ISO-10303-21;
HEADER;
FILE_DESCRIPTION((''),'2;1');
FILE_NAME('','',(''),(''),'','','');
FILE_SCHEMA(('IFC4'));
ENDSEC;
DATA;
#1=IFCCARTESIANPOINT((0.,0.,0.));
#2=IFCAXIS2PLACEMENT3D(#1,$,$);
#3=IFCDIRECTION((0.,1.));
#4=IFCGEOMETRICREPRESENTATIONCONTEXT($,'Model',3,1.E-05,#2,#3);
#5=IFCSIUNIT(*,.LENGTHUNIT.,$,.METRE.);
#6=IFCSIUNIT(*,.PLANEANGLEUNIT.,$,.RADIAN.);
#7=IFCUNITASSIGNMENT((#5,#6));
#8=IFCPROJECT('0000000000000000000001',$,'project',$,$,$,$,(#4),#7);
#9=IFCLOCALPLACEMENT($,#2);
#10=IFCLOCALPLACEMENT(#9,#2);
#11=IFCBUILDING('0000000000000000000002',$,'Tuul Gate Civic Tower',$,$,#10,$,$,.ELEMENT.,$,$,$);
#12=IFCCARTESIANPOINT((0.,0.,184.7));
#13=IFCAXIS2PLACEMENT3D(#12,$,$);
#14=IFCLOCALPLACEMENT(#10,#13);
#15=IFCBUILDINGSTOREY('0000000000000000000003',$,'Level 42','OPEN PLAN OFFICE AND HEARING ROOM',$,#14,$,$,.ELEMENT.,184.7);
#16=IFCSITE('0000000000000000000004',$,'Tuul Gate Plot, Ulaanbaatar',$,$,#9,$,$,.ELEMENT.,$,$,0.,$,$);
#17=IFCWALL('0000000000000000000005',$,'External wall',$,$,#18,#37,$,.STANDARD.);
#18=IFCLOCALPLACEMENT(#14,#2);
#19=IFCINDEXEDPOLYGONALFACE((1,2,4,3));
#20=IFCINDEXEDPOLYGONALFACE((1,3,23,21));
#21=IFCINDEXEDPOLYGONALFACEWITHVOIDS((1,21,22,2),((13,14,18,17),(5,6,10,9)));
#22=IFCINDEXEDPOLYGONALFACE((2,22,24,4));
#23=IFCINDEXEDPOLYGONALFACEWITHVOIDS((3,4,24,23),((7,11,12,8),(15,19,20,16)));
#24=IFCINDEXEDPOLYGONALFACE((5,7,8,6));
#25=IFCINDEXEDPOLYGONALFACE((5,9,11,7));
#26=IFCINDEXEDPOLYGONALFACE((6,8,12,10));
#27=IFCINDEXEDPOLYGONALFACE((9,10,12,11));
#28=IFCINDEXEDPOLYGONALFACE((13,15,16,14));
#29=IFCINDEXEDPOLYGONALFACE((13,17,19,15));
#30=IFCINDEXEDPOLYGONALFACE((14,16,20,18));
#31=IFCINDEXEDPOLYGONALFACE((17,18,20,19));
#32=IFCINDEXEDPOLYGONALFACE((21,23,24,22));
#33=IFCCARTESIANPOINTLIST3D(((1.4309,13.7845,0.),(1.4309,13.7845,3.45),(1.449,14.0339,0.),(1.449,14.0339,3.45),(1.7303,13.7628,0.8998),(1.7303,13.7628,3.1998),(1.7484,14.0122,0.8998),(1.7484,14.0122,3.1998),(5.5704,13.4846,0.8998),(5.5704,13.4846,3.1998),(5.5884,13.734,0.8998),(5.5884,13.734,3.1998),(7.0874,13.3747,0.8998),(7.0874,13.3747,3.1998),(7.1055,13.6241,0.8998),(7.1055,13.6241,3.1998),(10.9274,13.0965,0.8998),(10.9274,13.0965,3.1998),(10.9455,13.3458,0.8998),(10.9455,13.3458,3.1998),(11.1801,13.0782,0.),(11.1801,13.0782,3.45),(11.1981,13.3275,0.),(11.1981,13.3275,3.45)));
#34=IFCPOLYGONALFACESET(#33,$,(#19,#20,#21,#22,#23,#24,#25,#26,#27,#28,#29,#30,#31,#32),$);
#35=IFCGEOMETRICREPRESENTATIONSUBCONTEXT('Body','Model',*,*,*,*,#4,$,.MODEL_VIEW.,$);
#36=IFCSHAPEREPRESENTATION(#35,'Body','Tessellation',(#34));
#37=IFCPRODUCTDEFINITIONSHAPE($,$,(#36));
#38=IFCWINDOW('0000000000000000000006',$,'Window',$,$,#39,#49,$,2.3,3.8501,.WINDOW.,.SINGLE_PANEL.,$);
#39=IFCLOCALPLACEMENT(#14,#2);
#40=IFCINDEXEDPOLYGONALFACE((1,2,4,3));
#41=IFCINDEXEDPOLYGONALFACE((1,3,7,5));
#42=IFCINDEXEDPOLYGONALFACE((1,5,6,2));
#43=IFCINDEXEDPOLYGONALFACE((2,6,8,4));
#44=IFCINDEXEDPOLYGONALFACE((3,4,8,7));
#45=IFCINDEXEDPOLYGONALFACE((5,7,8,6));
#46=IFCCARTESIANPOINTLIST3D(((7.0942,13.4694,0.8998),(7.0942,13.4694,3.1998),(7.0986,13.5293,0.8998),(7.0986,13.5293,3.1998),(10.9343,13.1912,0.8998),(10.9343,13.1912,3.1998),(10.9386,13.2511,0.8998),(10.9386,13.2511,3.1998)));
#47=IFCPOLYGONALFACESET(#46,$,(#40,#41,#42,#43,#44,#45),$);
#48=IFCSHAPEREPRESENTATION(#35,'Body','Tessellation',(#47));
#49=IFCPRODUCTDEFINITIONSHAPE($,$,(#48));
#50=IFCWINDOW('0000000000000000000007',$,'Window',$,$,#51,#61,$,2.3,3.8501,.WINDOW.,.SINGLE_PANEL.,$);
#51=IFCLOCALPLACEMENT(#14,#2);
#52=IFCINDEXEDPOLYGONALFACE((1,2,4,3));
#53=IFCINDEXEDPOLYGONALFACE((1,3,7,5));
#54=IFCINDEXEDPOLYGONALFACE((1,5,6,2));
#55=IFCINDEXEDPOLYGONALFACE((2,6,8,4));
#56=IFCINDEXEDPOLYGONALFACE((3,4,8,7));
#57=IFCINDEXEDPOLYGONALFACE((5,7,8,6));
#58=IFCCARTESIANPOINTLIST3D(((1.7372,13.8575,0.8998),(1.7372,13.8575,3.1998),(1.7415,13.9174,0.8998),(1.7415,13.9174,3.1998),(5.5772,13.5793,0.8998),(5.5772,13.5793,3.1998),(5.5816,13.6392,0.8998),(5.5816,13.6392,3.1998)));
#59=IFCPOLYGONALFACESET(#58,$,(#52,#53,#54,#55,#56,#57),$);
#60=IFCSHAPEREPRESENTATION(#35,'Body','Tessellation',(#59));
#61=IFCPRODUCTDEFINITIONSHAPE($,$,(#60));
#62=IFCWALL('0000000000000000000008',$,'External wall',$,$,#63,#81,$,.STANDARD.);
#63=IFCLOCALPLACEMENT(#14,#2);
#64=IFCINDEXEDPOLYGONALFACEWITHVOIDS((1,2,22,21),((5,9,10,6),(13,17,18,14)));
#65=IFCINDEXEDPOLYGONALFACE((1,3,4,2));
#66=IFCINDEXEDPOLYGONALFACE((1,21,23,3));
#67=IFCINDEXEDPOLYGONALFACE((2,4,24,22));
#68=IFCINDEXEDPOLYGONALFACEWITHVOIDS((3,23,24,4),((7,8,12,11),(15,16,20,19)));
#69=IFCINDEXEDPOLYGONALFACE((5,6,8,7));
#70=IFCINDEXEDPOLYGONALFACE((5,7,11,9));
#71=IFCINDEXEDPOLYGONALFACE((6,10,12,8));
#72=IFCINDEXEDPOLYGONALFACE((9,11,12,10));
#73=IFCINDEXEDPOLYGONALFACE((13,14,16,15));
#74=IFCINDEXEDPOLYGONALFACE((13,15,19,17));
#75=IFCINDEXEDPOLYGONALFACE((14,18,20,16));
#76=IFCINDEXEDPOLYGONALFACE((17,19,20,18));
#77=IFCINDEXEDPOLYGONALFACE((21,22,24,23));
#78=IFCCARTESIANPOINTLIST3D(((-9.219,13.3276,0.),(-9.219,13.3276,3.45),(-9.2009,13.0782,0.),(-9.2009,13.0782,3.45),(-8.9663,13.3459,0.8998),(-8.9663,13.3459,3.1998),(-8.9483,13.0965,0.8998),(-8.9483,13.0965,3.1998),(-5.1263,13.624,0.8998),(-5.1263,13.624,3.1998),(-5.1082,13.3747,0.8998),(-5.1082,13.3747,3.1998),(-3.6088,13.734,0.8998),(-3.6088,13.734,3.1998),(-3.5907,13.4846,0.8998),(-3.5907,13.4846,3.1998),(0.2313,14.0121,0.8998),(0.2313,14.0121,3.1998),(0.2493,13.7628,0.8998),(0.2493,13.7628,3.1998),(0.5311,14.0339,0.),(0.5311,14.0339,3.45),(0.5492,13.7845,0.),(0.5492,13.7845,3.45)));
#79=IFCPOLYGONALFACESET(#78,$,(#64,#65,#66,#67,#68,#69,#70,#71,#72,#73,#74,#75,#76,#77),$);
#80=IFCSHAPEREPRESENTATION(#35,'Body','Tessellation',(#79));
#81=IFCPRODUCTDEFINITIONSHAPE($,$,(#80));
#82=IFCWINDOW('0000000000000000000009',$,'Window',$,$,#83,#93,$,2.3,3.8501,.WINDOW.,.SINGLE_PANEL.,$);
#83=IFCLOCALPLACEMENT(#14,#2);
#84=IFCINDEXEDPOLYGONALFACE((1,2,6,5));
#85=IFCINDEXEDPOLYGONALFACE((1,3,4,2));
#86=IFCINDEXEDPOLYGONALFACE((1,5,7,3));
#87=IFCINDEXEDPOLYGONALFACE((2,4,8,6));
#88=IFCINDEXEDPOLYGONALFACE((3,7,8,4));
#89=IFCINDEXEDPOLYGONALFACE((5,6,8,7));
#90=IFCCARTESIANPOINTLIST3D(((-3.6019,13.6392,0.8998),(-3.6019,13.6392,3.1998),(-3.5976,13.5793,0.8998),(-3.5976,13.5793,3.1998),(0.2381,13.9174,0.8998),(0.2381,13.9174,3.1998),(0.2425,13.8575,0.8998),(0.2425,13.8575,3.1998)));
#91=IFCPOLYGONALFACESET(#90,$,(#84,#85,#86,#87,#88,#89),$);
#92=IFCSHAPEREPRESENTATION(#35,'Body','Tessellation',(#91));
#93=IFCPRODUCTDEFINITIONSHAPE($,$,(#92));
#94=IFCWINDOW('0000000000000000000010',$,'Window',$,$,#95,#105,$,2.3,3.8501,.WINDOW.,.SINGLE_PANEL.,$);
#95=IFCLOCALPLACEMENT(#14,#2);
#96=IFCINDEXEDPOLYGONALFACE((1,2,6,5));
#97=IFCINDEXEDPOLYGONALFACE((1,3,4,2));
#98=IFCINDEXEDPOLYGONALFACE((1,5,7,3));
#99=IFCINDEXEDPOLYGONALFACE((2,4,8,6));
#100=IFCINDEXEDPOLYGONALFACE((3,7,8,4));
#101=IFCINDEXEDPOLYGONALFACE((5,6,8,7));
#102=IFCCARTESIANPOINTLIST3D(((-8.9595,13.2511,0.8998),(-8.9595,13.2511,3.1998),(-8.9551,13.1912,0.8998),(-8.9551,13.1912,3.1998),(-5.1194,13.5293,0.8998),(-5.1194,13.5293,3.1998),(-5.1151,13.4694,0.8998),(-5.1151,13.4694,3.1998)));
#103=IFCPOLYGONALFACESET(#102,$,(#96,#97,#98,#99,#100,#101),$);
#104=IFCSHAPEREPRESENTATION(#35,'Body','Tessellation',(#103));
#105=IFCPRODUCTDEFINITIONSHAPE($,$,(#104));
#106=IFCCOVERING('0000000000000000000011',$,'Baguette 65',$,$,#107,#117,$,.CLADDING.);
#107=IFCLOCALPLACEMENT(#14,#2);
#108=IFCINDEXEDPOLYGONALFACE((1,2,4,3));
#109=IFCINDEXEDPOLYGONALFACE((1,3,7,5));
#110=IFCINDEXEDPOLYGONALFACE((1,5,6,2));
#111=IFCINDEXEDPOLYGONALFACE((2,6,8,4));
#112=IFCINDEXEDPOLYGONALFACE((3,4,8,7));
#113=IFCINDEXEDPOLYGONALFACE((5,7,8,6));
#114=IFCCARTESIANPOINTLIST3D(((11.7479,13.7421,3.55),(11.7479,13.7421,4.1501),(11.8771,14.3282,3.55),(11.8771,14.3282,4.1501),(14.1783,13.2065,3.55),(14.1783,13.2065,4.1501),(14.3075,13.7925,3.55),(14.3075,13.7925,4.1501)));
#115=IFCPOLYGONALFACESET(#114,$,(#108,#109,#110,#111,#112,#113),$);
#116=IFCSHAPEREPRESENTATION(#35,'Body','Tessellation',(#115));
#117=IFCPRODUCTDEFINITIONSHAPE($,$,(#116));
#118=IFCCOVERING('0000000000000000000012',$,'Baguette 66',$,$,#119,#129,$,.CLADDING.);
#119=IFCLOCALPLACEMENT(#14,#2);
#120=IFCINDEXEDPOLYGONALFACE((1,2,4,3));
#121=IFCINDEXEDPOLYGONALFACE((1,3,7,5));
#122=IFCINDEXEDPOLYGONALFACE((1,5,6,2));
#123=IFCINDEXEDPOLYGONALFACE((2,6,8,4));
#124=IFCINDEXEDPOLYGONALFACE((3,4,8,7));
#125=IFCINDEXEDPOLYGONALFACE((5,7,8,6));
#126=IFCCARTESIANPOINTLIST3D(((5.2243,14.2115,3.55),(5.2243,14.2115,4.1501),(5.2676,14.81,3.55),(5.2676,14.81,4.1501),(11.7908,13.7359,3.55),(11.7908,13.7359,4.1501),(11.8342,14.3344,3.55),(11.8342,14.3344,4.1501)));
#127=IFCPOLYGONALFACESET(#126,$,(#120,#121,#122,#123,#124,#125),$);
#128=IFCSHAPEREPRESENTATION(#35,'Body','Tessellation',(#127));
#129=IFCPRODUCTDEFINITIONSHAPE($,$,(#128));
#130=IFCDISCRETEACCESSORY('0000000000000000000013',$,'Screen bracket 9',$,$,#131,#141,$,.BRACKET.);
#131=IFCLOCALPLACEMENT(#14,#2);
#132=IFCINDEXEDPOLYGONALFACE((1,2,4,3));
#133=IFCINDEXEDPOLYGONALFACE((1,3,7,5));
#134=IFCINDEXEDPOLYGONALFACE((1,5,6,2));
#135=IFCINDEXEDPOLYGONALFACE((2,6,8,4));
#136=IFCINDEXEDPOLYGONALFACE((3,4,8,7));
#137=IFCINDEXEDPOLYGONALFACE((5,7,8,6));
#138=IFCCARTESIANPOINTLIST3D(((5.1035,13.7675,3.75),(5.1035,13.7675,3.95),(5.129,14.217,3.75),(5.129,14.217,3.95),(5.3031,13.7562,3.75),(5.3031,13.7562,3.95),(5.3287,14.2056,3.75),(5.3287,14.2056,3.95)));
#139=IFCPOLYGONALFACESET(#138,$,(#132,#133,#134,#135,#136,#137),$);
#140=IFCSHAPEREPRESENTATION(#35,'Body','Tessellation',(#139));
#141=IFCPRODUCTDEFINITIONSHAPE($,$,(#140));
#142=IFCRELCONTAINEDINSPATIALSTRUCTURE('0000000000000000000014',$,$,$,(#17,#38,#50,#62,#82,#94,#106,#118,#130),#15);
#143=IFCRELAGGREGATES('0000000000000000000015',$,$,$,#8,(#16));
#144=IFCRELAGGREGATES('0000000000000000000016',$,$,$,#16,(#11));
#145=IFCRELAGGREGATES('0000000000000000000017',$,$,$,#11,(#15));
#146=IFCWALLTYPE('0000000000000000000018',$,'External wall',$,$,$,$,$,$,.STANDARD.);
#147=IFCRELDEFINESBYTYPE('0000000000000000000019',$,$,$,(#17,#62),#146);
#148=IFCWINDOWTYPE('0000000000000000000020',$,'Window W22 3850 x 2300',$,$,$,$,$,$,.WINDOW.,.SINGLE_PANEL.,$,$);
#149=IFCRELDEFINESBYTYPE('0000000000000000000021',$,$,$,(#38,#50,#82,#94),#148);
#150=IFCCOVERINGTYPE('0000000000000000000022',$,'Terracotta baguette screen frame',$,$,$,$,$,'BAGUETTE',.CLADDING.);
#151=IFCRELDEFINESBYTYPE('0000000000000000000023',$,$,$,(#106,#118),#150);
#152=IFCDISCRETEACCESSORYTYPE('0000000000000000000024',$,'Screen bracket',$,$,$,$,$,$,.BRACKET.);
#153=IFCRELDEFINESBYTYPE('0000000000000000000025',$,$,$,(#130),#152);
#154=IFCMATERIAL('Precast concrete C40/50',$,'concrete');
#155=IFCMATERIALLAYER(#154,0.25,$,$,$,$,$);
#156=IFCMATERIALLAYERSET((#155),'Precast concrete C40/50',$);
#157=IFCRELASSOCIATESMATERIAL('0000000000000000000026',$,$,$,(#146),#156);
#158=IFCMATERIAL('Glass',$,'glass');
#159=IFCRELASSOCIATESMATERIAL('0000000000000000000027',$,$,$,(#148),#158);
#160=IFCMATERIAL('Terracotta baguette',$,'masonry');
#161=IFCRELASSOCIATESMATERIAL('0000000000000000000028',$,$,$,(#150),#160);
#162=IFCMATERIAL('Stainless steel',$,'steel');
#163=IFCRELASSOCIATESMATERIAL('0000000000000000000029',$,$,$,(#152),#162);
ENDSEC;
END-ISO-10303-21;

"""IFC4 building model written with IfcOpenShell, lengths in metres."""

from ifc_helpers import new_model, si_unit, direction, frame, frame_2d, origin, origin_2d, place, context, subcontext, project, spatial, rectangle, extrude, material, layer, layer_set, material_profile, profile_set, type_object, element, fill, save


model = new_model("IFC4")

# Units and contexts
model_context = context("Model", 3, precision=1e-05, world=origin(), true_north=direction((0.0, 1.0)))
body_context = subcontext(model_context, "Body", "Model", "MODEL_VIEW")
ifc_project = project(units=[si_unit("LENGTHUNIT", "METRE"), si_unit("PLANEANGLEUNIT", "RADIAN")], contexts=[model_context])

# Site, building, storey
site_placement = place(None, origin())
site = spatial("IfcSite", under=ifc_project, at=site_placement, Name="Tuul Gate Plot, Ulaanbaatar", CompositionType="ELEMENT", RefElevation=0.0)
building_placement = place(site_placement, origin())
building = spatial("IfcBuilding", under=site, at=building_placement, Name="Tuul Gate Civic Tower", CompositionType="ELEMENT")
storey_placement = place(building_placement, frame((0.0, 0.0, 184.7)))
storey = spatial("IfcBuildingStorey", under=building, at=storey_placement, Name="Level 42", Description="OPEN PLAN OFFICE AND HEARING ROOM", CompositionType="ELEMENT", Elevation=184.7)

# Walls, openings, windows
ifc_material_1 = material(Name="Precast concrete C40/50", Category="concrete")
ifc_layer_1 = layer(ifc_material_1, 0.25)
ifc_layer_set_1 = layer_set([ifc_layer_1], Name="Precast concrete C40/50")
wall_type = type_object("IfcWallType", Name="External wall", PredefinedType="STANDARD", material=ifc_layer_set_1)
wall_1_placement = place(storey_placement, frame((11.189, 13.2029, 0.0), z_axis=(0.0, 0.0, 1.0), x_axis=(-0.997386, 0.072259, 0.0)))
wall_1 = element("IfcWall", 1, at=wall_1_placement, inside=storey, type_object=wall_type, Name="External wall", PredefinedType="STANDARD", context=body_context, shape_type="SweptSolid", body=[
    extrude(rectangle(XDim=9.7747, YDim=0.25, at=frame_2d((4.8872, 0.0))), origin(), (0.0, 0.0, 1.0), 3.45),
])
opening_1_placement = place(wall_1_placement, frame((0.2532, 0.0, 0.8999)))
opening_1 = element("IfcOpeningElement", 2, at=opening_1_placement, cuts=wall_1, PredefinedType="OPENING", context=body_context, shape_type="SweptSolid", body=[
    extrude(rectangle(XDim=3.8501, YDim=2.3, at=frame_2d((1.925, 1.1499))), frame((0.0, 0.135, 0.0), z_axis=(0.0, -1.0, 0.0), x_axis=(1.0, 0.0, 0.0)), (0.0, 0.0, 1.0), 0.27),
])
opening_2_placement = place(wall_1_placement, frame((5.6243, 0.0, 0.8999)))
opening_2 = element("IfcOpeningElement", 3, at=opening_2_placement, cuts=wall_1, PredefinedType="OPENING", context=body_context, shape_type="SweptSolid", body=[
    extrude(rectangle(XDim=3.8501, YDim=2.3, at=frame_2d((1.925, 1.1499))), frame((0.0, 0.135, 0.0), z_axis=(0.0, -1.0, 0.0), x_axis=(1.0, 0.0, 0.0)), (0.0, 0.0, 1.0), 0.27),
])
ifc_material_2 = material(Name="Glass", Category="glass")
window_type = type_object("IfcWindowType", Name="Window W22 3850 x 2300", PartitioningType="SINGLE_PANEL", PredefinedType="WINDOW", material=ifc_material_2)
window_1_placement = place(opening_1_placement, origin())
window_1 = element("IfcWindow", 4, at=window_1_placement, inside=storey, type_object=window_type, Name="Window", OverallHeight=2.3, OverallWidth=3.8501, PartitioningType="SINGLE_PANEL", PredefinedType="WINDOW", context=body_context, shape_type="SweptSolid", body=[
    extrude(rectangle(XDim=3.8501, YDim=2.3, at=frame_2d((1.925, 1.1499))), frame((0.0, 0.03, 0.0), z_axis=(0.0, -1.0, 0.0), x_axis=(1.0, 0.0, 0.0)), (0.0, 0.0, 1.0), 0.0601),
])
fill(opening_1, window_1)
window_2_placement = place(opening_2_placement, origin())
window_2 = element("IfcWindow", 5, at=window_2_placement, inside=storey, type_object=window_type, Name="Window", OverallHeight=2.3, OverallWidth=3.8501, PartitioningType="SINGLE_PANEL", PredefinedType="WINDOW", context=body_context, shape_type="SweptSolid", body=[
    extrude(rectangle(XDim=3.8501, YDim=2.3, at=frame_2d((1.925, 1.1499))), frame((0.0, 0.03, 0.0), z_axis=(0.0, -1.0, 0.0), x_axis=(1.0, 0.0, 0.0)), (0.0, 0.0, 1.0), 0.0601),
])
fill(opening_2, window_2)
wall_2_placement = place(storey_placement, frame((0.54, 13.9092, 0.0), z_axis=(0.0, 0.0, 1.0), x_axis=(-0.997386, -0.072252, 0.0)))
wall_2 = element("IfcWall", 6, at=wall_2_placement, inside=storey, type_object=wall_type, Name="External wall", PredefinedType="STANDARD", context=body_context, shape_type="SweptSolid", body=[
    extrude(rectangle(XDim=9.7756, YDim=0.25, at=frame_2d((4.8877, 0.0))), origin(), (0.0, 0.0, 1.0), 3.45),
])
opening_3_placement = place(wall_2_placement, frame((0.3005, 0.0, 0.8999)))
opening_3 = element("IfcOpeningElement", 7, at=opening_3_placement, cuts=wall_2, PredefinedType="OPENING", context=body_context, shape_type="SweptSolid", body=[
    extrude(rectangle(XDim=3.8501, YDim=2.3, at=frame_2d((1.925, 1.1499))), frame((0.0, 0.135, 0.0), z_axis=(0.0, -1.0, 0.0), x_axis=(1.0, 0.0, 0.0)), (0.0, 0.0, 1.0), 0.27),
])
opening_4_placement = place(wall_2_placement, frame((5.6721, 0.0, 0.8999)))
opening_4 = element("IfcOpeningElement", 8, at=opening_4_placement, cuts=wall_2, PredefinedType="OPENING", context=body_context, shape_type="SweptSolid", body=[
    extrude(rectangle(XDim=3.8501, YDim=2.3, at=frame_2d((1.925, 1.1499))), frame((0.0, 0.135, 0.0), z_axis=(0.0, -1.0, 0.0), x_axis=(1.0, 0.0, 0.0)), (0.0, 0.0, 1.0), 0.27),
])
window_3_placement = place(opening_3_placement, origin())
window_3 = element("IfcWindow", 9, at=window_3_placement, inside=storey, type_object=window_type, Name="Window", OverallHeight=2.3, OverallWidth=3.8501, PartitioningType="SINGLE_PANEL", PredefinedType="WINDOW", context=body_context, shape_type="SweptSolid", body=[
    extrude(rectangle(XDim=3.8501, YDim=2.3, at=frame_2d((1.925, 1.1499))), frame((0.0, 0.03, 0.0), z_axis=(0.0, -1.0, 0.0), x_axis=(1.0, 0.0, 0.0)), (0.0, 0.0, 1.0), 0.0601),
])
fill(opening_3, window_3)
window_4_placement = place(opening_4_placement, origin())
window_4 = element("IfcWindow", 10, at=window_4_placement, inside=storey, type_object=window_type, Name="Window", OverallHeight=2.3, OverallWidth=3.8501, PartitioningType="SINGLE_PANEL", PredefinedType="WINDOW", context=body_context, shape_type="SweptSolid", body=[
    extrude(rectangle(XDim=3.8501, YDim=2.3, at=frame_2d((1.925, 1.1499))), frame((0.0, 0.03, 0.0), z_axis=(0.0, -1.0, 0.0), x_axis=(1.0, 0.0, 0.0)), (0.0, 0.0, 1.0), 0.0601),
])
fill(opening_4, window_4)

# Coverings
ifc_material_3 = material(Name="Terracotta baguette", Category="masonry")
ifc_material_profile_1 = material_profile(ifc_material_3, rectangle(XDim=0.6001, YDim=0.6001, at=origin_2d()), Name="Terracotta baguette screen frame")
ifc_profile_set_1 = profile_set([ifc_material_profile_1], Name="Terracotta baguette")
covering_type = type_object("IfcCoveringType", Name="Terracotta baguette screen frame", ElementType="BAGUETTE", PredefinedType="CLADDING", material=ifc_profile_set_1)
covering_1_placement = place(storey_placement, frame((14.2429, 13.4995, 3.8501), z_axis=(-0.976564, 0.215227, 0.0), x_axis=(-0.215227, -0.976564, 0.0)))
element("IfcCovering", 11, at=covering_1_placement, inside=storey, type_object=covering_type, Name="Baguette 65", PredefinedType="CLADDING", context=body_context, shape_type="SweptSolid", body=[
    extrude(rectangle(XDim=0.6001, YDim=0.6001, at=origin_2d()), origin(), (0.0, 0.0, 1.0), 2.4888),
])
covering_2_placement = place(storey_placement, frame((11.8125, 14.0352, 3.8501), z_axis=(-0.997388, 0.072235, 0.0), x_axis=(-0.072235, -0.997388, 0.0)))
element("IfcCovering", 12, at=covering_2_placement, inside=storey, type_object=covering_type, Name="Baguette 66", PredefinedType="CLADDING", context=body_context, shape_type="SweptSolid", body=[
    extrude(rectangle(XDim=0.6001, YDim=0.6001, at=origin_2d()), origin(), (0.0, 0.0, 1.0), 6.5837),
])

# Discrete accessory
ifc_material_4 = material(Name="Stainless steel", Category="steel")
discrete_accessory_type = type_object("IfcDiscreteAccessoryType", Name="Screen bracket", PredefinedType="BRACKET", material=ifc_material_4)
discrete_accessory_placement = place(storey_placement, frame((5.2161, 13.9866, 3.75), z_axis=(0.0, 0.0, 1.0), x_axis=(0.056813, 0.998385, 0.0)))
element("IfcDiscreteAccessory", 13, at=discrete_accessory_placement, inside=storey, type_object=discrete_accessory_type, Name="Screen bracket 9", PredefinedType="BRACKET", context=body_context, shape_type="SweptSolid", body=[
    extrude(rectangle(XDim=0.4502, YDim=0.2, at=origin_2d()), origin(), (0.0, 0.0, 1.0), 0.2),
])

save(model, "model.ifc")
